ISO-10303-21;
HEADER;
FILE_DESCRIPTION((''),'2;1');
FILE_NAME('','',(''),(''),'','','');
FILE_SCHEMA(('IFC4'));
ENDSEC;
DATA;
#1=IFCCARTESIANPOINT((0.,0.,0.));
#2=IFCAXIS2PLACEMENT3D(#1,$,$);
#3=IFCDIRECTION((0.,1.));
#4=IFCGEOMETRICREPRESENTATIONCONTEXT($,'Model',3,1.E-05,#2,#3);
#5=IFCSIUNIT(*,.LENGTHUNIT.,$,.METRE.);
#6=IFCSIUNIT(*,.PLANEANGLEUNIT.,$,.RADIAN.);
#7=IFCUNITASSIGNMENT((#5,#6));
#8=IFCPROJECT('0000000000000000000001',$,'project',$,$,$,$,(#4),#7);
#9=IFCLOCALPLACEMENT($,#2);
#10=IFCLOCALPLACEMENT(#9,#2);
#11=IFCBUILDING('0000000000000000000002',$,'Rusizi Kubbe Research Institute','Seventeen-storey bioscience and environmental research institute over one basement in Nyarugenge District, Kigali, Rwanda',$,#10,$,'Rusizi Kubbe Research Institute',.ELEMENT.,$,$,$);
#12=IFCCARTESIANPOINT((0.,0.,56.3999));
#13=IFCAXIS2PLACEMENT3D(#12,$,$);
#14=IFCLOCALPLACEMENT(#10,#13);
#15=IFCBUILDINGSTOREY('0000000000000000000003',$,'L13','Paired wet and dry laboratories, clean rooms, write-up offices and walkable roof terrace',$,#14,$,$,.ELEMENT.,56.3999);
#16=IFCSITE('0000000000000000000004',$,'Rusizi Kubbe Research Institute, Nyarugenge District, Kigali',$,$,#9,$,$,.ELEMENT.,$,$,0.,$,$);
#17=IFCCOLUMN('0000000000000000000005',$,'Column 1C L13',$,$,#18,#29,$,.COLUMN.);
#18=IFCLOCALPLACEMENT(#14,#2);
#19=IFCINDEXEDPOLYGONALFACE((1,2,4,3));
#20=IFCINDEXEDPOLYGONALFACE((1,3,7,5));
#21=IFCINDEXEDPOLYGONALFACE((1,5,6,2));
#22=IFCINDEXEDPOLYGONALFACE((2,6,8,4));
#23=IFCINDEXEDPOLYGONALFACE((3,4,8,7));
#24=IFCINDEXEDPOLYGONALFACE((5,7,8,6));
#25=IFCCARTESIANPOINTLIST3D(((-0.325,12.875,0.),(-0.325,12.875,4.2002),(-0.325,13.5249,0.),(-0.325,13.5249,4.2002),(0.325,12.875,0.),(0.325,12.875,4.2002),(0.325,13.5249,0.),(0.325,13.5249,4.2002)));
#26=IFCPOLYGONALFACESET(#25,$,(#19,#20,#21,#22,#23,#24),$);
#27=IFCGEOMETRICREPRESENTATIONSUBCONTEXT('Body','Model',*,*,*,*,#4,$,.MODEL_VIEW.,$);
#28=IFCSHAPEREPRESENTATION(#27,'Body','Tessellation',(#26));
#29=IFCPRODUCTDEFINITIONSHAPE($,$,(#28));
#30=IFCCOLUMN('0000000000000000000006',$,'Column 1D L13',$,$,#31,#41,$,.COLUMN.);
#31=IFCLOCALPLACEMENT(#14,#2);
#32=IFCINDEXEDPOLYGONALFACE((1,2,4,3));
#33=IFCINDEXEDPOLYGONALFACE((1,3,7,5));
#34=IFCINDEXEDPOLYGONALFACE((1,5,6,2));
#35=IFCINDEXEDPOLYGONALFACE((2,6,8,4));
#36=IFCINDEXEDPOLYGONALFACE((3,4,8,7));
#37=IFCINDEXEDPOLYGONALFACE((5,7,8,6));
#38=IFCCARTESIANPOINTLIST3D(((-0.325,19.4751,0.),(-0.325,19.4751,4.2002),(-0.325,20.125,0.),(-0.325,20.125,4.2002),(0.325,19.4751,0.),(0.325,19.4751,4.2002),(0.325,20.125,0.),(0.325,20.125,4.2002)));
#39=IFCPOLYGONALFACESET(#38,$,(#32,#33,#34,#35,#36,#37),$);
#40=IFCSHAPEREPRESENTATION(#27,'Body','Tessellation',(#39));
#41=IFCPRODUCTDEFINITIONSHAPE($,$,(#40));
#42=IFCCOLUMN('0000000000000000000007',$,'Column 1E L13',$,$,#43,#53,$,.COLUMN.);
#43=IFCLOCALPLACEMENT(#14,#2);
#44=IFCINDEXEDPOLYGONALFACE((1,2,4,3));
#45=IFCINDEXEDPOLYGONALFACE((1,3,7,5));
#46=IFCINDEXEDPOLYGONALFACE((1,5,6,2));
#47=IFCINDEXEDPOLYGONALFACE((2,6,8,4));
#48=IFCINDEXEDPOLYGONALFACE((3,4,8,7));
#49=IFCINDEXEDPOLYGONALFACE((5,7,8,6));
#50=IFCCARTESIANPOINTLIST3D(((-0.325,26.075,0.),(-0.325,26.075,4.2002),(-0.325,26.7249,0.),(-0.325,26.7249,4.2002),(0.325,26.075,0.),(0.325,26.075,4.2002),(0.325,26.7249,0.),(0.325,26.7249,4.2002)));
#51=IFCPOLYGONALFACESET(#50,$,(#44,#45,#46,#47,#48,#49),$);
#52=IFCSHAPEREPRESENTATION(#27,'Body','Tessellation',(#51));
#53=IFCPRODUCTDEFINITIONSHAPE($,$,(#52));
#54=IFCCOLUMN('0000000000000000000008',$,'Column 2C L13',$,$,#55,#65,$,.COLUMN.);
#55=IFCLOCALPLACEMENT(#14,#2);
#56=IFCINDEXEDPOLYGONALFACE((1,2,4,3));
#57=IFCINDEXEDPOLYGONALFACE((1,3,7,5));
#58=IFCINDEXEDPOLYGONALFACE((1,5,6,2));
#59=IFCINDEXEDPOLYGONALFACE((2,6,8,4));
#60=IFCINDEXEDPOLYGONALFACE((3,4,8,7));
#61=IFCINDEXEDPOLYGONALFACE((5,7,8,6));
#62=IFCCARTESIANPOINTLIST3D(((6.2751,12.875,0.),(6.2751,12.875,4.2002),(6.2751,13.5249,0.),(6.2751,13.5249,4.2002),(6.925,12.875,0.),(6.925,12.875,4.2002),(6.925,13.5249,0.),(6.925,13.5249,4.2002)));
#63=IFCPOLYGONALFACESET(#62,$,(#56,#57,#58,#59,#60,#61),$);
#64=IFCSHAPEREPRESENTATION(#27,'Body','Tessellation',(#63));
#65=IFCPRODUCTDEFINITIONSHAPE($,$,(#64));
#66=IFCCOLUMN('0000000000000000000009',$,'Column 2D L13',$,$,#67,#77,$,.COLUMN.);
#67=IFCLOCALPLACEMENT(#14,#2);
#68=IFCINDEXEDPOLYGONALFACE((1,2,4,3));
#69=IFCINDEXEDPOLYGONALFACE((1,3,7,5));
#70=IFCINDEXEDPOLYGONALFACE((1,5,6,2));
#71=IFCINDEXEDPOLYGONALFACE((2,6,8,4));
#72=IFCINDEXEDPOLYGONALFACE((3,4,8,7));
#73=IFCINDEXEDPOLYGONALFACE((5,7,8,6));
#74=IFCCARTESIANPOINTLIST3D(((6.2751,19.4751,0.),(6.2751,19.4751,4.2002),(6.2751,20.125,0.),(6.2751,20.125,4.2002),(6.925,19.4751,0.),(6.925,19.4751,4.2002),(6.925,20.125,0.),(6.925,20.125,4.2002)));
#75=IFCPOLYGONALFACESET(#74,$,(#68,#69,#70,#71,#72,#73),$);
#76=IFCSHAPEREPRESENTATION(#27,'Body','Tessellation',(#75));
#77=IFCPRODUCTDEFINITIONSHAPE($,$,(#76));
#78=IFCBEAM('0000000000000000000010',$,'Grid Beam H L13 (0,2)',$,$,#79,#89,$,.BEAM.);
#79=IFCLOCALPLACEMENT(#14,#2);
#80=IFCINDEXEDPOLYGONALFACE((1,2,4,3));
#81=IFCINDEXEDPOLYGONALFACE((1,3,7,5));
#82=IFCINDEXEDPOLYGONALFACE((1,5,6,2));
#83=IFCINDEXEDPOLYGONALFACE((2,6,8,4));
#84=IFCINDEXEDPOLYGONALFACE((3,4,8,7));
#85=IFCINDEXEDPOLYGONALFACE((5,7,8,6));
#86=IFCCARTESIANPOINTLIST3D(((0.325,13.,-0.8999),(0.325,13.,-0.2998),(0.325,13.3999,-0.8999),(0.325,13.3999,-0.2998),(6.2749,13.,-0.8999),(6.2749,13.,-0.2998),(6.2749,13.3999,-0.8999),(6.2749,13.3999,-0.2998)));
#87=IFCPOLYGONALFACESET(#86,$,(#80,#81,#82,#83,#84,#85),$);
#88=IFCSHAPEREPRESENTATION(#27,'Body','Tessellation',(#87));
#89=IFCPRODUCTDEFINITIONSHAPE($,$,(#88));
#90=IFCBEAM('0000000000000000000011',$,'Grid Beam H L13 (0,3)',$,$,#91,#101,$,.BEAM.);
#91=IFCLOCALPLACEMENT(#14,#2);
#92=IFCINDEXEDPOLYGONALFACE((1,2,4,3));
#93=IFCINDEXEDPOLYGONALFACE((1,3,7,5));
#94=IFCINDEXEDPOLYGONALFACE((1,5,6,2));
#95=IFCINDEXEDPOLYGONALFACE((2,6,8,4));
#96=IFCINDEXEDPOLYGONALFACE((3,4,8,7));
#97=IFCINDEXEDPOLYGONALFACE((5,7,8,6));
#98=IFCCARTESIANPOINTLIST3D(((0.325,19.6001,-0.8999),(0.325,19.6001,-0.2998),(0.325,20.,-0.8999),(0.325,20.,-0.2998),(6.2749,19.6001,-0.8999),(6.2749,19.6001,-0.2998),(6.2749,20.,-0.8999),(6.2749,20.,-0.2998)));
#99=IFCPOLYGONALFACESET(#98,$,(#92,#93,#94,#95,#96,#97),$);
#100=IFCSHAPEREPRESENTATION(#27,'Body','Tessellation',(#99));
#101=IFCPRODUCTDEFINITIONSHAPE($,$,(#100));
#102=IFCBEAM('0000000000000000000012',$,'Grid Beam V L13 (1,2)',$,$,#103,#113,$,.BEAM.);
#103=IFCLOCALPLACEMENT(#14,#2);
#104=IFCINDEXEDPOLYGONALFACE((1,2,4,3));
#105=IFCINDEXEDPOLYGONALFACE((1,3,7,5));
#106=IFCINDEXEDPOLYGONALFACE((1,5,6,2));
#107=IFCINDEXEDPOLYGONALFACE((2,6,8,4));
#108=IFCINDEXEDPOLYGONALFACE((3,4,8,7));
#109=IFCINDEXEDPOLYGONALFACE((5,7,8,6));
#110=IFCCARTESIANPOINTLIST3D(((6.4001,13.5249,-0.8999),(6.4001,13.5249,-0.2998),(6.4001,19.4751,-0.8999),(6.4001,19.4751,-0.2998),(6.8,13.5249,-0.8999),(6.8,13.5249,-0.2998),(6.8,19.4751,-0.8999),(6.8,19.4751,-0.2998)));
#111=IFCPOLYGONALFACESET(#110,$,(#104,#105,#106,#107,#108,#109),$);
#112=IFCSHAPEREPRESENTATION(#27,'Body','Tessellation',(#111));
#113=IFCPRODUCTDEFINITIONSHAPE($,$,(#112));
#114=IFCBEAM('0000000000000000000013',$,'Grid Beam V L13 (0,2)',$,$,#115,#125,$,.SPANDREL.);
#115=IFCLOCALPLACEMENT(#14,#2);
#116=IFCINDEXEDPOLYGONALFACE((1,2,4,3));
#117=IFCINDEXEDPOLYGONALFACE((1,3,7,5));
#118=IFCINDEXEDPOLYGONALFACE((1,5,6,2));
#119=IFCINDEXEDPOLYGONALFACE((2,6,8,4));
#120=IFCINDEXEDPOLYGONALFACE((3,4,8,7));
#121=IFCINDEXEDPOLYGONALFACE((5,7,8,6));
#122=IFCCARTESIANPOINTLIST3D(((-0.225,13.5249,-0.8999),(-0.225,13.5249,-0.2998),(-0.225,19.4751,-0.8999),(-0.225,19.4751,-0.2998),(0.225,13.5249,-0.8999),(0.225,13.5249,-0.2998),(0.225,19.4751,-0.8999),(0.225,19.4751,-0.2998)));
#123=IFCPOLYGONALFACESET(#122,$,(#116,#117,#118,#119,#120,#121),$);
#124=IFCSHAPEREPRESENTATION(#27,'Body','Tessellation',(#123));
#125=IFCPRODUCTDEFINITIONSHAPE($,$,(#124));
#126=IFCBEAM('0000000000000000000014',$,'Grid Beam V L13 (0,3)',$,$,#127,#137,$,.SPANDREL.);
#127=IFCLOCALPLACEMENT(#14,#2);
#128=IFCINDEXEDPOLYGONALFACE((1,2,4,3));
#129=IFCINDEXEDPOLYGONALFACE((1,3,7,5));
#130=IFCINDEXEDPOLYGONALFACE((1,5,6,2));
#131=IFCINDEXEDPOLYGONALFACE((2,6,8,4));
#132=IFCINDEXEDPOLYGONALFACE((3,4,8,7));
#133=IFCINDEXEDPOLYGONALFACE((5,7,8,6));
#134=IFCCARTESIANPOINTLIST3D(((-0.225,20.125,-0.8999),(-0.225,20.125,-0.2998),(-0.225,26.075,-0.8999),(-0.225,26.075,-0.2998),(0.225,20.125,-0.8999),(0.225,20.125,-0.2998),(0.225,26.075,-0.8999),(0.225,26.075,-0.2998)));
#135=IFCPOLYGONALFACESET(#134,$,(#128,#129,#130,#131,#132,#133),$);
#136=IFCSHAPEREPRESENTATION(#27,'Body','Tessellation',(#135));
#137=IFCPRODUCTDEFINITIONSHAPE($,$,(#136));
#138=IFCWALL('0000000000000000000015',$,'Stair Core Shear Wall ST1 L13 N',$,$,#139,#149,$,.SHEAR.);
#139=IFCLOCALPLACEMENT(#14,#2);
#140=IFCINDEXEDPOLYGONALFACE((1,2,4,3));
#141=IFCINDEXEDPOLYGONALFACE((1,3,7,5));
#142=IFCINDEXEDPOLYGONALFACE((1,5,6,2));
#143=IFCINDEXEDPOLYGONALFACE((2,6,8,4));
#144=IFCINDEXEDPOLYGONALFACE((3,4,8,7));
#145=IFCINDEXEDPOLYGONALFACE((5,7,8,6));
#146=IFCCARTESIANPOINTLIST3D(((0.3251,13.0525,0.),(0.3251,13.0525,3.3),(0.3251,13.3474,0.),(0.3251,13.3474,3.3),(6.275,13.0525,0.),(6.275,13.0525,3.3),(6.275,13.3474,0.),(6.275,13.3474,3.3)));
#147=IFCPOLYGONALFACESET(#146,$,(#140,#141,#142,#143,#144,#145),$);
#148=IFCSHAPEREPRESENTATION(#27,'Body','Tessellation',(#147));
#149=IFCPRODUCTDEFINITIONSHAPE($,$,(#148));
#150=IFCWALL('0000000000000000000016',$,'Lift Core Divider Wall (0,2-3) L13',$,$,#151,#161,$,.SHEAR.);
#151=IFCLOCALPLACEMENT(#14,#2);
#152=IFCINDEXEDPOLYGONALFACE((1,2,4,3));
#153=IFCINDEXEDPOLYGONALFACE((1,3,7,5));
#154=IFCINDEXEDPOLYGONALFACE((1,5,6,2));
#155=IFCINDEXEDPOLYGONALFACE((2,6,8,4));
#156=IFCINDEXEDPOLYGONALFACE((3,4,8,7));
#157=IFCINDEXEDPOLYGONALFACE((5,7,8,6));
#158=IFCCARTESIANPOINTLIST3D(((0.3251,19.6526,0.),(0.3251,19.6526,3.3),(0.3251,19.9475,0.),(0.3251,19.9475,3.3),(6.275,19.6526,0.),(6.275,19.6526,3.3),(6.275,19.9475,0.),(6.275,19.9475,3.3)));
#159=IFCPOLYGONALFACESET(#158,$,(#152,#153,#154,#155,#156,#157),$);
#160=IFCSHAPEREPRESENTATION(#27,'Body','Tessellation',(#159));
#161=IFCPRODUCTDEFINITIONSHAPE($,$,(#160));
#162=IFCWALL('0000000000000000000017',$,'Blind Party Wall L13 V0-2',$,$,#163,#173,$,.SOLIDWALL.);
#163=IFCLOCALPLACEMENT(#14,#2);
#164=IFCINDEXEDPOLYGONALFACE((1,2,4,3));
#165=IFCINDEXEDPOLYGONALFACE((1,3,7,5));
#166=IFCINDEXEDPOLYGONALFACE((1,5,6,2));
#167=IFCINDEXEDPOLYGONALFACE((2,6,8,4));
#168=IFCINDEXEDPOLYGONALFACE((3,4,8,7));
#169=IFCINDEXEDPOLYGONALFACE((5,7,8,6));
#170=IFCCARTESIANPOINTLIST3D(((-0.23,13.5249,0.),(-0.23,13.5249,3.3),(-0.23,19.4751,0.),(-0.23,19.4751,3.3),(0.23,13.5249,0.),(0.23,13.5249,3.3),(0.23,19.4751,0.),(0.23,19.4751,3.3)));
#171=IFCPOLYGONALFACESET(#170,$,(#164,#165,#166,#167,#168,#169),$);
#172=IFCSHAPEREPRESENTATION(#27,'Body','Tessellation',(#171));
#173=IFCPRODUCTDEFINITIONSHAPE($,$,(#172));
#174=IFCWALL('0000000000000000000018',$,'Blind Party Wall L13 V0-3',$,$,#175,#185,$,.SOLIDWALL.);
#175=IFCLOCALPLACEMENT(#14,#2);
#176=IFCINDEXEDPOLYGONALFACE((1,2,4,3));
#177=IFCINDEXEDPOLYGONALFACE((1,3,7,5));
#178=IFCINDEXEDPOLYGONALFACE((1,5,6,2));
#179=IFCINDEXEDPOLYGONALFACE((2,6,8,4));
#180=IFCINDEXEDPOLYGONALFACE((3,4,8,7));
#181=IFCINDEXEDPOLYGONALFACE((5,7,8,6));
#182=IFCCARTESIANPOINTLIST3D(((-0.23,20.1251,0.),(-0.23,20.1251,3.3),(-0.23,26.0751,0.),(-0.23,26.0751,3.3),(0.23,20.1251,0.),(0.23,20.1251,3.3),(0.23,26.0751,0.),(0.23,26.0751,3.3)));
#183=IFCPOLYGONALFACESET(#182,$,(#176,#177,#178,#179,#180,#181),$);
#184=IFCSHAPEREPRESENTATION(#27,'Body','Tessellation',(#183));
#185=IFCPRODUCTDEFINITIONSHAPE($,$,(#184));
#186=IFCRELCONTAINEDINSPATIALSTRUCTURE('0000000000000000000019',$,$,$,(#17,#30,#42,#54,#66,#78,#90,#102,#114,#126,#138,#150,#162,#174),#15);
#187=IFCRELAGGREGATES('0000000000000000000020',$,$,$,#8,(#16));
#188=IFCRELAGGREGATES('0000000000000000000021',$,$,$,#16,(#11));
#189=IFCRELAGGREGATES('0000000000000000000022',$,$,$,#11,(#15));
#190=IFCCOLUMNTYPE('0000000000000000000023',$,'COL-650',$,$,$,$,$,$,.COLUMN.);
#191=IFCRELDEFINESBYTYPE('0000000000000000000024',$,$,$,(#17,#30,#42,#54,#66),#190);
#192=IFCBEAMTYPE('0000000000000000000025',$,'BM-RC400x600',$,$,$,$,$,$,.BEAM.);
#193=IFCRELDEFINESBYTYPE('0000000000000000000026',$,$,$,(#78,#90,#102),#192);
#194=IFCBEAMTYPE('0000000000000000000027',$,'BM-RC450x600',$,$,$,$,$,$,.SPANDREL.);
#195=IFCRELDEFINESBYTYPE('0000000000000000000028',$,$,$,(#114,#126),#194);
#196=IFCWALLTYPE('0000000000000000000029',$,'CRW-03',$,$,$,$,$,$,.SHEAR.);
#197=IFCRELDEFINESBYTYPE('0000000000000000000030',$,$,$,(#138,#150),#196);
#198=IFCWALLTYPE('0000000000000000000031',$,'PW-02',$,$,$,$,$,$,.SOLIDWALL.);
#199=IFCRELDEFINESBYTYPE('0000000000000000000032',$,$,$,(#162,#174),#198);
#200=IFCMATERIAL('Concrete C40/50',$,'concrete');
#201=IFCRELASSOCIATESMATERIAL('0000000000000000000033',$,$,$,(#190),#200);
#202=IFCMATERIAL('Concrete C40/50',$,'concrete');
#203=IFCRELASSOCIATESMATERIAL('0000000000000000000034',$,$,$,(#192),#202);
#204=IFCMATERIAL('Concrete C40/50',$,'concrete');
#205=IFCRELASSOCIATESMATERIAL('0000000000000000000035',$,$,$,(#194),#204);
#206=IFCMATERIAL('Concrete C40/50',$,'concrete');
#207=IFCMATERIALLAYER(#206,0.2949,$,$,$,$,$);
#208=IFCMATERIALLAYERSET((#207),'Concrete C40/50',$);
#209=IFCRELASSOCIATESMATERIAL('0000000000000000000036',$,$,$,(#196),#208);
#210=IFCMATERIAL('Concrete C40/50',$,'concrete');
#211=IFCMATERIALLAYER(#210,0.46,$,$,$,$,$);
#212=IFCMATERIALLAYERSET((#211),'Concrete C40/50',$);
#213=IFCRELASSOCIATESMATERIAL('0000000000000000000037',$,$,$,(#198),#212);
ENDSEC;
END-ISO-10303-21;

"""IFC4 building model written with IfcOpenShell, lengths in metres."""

from ifc_helpers import new_model, si_unit, direction, frame, frame_2d, origin, origin_2d, place, context, subcontext, project, spatial, rectangle, extrude, material, layer, layer_set, material_profile, profile_set, type_object, element, save


model = new_model("IFC4")

# Units and contexts
model_context = context("Model", 3, precision=1e-05, world=origin(), true_north=direction((0.0, 1.0)))
body_context = subcontext(model_context, "Body", "Model", "MODEL_VIEW")
ifc_project = project(units=[si_unit("LENGTHUNIT", "METRE"), si_unit("PLANEANGLEUNIT", "RADIAN")], contexts=[model_context])

# Site, building, storey
site_placement = place(None, origin())
site = spatial("IfcSite", under=ifc_project, at=site_placement, Name="Rusizi Kubbe Research Institute, Nyarugenge District, Kigali", CompositionType="ELEMENT", RefElevation=0.0)
building_placement = place(site_placement, origin())
building = spatial("IfcBuilding", under=site, at=building_placement, Name="Rusizi Kubbe Research Institute", Description="Seventeen-storey bioscience and environmental research institute over one basement in Nyarugenge District, Kigali, Rwanda", LongName="Rusizi Kubbe Research Institute", CompositionType="ELEMENT")
storey_placement = place(building_placement, frame((0.0, 0.0, 56.3999)))
storey = spatial("IfcBuildingStorey", under=building, at=storey_placement, Name="L13", Description="Paired wet and dry laboratories, clean rooms, write-up offices and walkable roof terrace", CompositionType="ELEMENT", Elevation=56.3999)

# Columns
ifc_material_1 = material(Name="Concrete C40/50", Category="concrete")
ifc_material_profile_1 = material_profile(ifc_material_1, rectangle(XDim=0.6499, YDim=0.6499, at=origin_2d()), Name="RC650x650")
ifc_profile_set_1 = profile_set([ifc_material_profile_1], Name="Concrete C40/50")
column_type = type_object("IfcColumnType", Name="COL-650", PredefinedType="COLUMN", material=ifc_profile_set_1)
for number, where, z_axis, x_axis, name in (
    (1, (0.0, 13.2, 0.0), (0.0, 0.0, 1.0), (1.0, 0.0, 0.0), "Column 1C L13"),
    (2, (0.0, 19.8, 0.0), (0.0, 0.0, 1.0), (1.0, 0.0, 0.0), "Column 1D L13"),
    (3, (0.0, 26.3999, 0.0), (0.0, 0.0, 1.0), (1.0, 0.0, 0.0), "Column 1E L13"),
    (4, (6.6001, 13.2, 0.0), (0.0, 0.0, 1.0), (1.0, 0.0, 0.0), "Column 2C L13"),
    (5, (6.6001, 19.8, 0.0), (0.0, 0.0, 1.0), (1.0, 0.0, 0.0), "Column 2D L13"),
):
    element("IfcColumn", number, at=place(storey_placement, frame(where, z_axis=z_axis, x_axis=x_axis)), inside=storey, type_object=column_type, Name=name, PredefinedType="COLUMN", context=body_context, shape_type="SweptSolid", body=[
        extrude(rectangle(XDim=0.6499, YDim=0.6499, at=origin_2d()), origin(), (0.0, 0.0, 1.0), 4.2002),
    ])

# Beams
ifc_material_2 = material(Name="Concrete C40/50", Category="concrete")
ifc_material_profile_2 = material_profile(ifc_material_2, rectangle(XDim=0.3999, YDim=0.6001, at=origin_2d()), Name="RC400x600")
ifc_profile_set_2 = profile_set([ifc_material_profile_2], Name="Concrete C40/50")
beam_type_1 = type_object("IfcBeamType", Name="BM-RC400x600", PredefinedType="BEAM", material=ifc_profile_set_2)
for number, where, z_axis, x_axis, name in (
    (6, (0.325, 13.2, -0.5999), (1.0, 0.0, 0.0), (0.0, 1.0, 0.0), "Grid Beam H L13 (0,2)"),
    (7, (0.325, 19.8, -0.5999), (1.0, 0.0, 0.0), (0.0, 1.0, 0.0), "Grid Beam H L13 (0,3)"),
):
    element("IfcBeam", number, at=place(storey_placement, frame(where, z_axis=z_axis, x_axis=x_axis)), inside=storey, type_object=beam_type_1, Name=name, PredefinedType="BEAM", context=body_context, shape_type="SweptSolid", body=[
        extrude(rectangle(XDim=0.3999, YDim=0.6001, at=origin_2d()), origin(), (0.0, 0.0, 1.0), 5.95),
    ])
beam_1_placement = place(storey_placement, frame((6.6001, 13.5249, -0.5999), z_axis=(0.0, 1.0, 0.0), x_axis=(-1.0, 0.0, 0.0)))
element("IfcBeam", 8, at=beam_1_placement, inside=storey, type_object=beam_type_1, Name="Grid Beam V L13 (1,2)", PredefinedType="BEAM", context=body_context, shape_type="SweptSolid", body=[
    extrude(rectangle(XDim=0.3999, YDim=0.6001, at=origin_2d()), origin(), (0.0, 0.0, 1.0), 5.9502),
])
ifc_material_3 = material(Name="Concrete C40/50", Category="concrete")
ifc_material_profile_3 = material_profile(ifc_material_3, rectangle(XDim=0.45, YDim=0.6001, at=origin_2d()), Name="RC450x600")
ifc_profile_set_3 = profile_set([ifc_material_profile_3], Name="Concrete C40/50")
beam_type_2 = type_object("IfcBeamType", Name="BM-RC450x600", PredefinedType="SPANDREL", material=ifc_profile_set_3)
beam_2_placement = place(storey_placement, frame((0.0, 13.5249, -0.5999), z_axis=(0.0, 1.0, 0.0), x_axis=(-1.0, 0.0, 0.0)))
element("IfcBeam", 9, at=beam_2_placement, inside=storey, type_object=beam_type_2, Name="Grid Beam V L13 (0,2)", PredefinedType="SPANDREL", context=body_context, shape_type="SweptSolid", body=[
    extrude(rectangle(XDim=0.45, YDim=0.6001, at=origin_2d()), origin(), (0.0, 0.0, 1.0), 5.9502),
])
beam_3_placement = place(storey_placement, frame((0.0, 20.125, -0.5999), z_axis=(0.0, 1.0, 0.0), x_axis=(-1.0, 0.0, 0.0)))
element("IfcBeam", 10, at=beam_3_placement, inside=storey, type_object=beam_type_2, Name="Grid Beam V L13 (0,3)", PredefinedType="SPANDREL", context=body_context, shape_type="SweptSolid", body=[
    extrude(rectangle(XDim=0.45, YDim=0.6001, at=origin_2d()), origin(), (0.0, 0.0, 1.0), 5.95),
])

# Walls
ifc_material_4 = material(Name="Concrete C40/50", Category="concrete")
ifc_layer_1 = layer(ifc_material_4, 0.2949)
ifc_layer_set_1 = layer_set([ifc_layer_1], Name="Concrete C40/50")
wall_type_1 = type_object("IfcWallType", Name="CRW-03", PredefinedType="SHEAR", material=ifc_layer_set_1)
for number, where, z_axis, x_axis, name in (
    (11, (0.325, 13.2, 0.0), (0.0, 0.0, 1.0), (1.0, 0.0, 0.0), "Stair Core Shear Wall ST1 L13 N"),
    (12, (0.325, 19.8, 0.0), (0.0, 0.0, 1.0), (1.0, 0.0, 0.0), "Lift Core Divider Wall (0,2-3) L13"),
):
    element("IfcWall", number, at=place(storey_placement, frame(where, z_axis=z_axis, x_axis=x_axis)), inside=storey, type_object=wall_type_1, Name=name, PredefinedType="SHEAR", context=body_context, shape_type="SweptSolid", body=[
        extrude(rectangle(XDim=5.95, YDim=0.2949, at=frame_2d((2.9751, 0.0))), origin(), (0.0, 0.0, 1.0), 3.3),
    ])

# Walls
ifc_material_5 = material(Name="Concrete C40/50", Category="concrete")
ifc_layer_2 = layer(ifc_material_5, 0.46)
ifc_layer_set_2 = layer_set([ifc_layer_2], Name="Concrete C40/50")
wall_type_2 = type_object("IfcWallType", Name="PW-02", PredefinedType="SOLIDWALL", material=ifc_layer_set_2)
wall_1_placement = place(storey_placement, frame((0.0, 13.5249, 0.0), z_axis=(0.0, 0.0, 1.0), x_axis=(0.0, 1.0, 0.0)))
element("IfcWall", 13, at=wall_1_placement, inside=storey, type_object=wall_type_2, Name="Blind Party Wall L13 V0-2", PredefinedType="SOLIDWALL", context=body_context, shape_type="SweptSolid", body=[
    extrude(rectangle(XDim=5.9502, YDim=0.46, at=frame_2d((2.9751, 0.0))), origin(), (0.0, 0.0, 1.0), 3.3),
])
wall_2_placement = place(storey_placement, frame((0.0, 20.125, 0.0), z_axis=(0.0, 0.0, 1.0), x_axis=(0.0, 1.0, 0.0)))
element("IfcWall", 14, at=wall_2_placement, inside=storey, type_object=wall_type_2, Name="Blind Party Wall L13 V0-3", PredefinedType="SOLIDWALL", context=body_context, shape_type="SweptSolid", body=[
    extrude(rectangle(XDim=5.95, YDim=0.46, at=frame_2d((2.9751, 0.0))), origin(), (0.0, 0.0, 1.0), 3.3),
])

save(model, "model.ifc")
